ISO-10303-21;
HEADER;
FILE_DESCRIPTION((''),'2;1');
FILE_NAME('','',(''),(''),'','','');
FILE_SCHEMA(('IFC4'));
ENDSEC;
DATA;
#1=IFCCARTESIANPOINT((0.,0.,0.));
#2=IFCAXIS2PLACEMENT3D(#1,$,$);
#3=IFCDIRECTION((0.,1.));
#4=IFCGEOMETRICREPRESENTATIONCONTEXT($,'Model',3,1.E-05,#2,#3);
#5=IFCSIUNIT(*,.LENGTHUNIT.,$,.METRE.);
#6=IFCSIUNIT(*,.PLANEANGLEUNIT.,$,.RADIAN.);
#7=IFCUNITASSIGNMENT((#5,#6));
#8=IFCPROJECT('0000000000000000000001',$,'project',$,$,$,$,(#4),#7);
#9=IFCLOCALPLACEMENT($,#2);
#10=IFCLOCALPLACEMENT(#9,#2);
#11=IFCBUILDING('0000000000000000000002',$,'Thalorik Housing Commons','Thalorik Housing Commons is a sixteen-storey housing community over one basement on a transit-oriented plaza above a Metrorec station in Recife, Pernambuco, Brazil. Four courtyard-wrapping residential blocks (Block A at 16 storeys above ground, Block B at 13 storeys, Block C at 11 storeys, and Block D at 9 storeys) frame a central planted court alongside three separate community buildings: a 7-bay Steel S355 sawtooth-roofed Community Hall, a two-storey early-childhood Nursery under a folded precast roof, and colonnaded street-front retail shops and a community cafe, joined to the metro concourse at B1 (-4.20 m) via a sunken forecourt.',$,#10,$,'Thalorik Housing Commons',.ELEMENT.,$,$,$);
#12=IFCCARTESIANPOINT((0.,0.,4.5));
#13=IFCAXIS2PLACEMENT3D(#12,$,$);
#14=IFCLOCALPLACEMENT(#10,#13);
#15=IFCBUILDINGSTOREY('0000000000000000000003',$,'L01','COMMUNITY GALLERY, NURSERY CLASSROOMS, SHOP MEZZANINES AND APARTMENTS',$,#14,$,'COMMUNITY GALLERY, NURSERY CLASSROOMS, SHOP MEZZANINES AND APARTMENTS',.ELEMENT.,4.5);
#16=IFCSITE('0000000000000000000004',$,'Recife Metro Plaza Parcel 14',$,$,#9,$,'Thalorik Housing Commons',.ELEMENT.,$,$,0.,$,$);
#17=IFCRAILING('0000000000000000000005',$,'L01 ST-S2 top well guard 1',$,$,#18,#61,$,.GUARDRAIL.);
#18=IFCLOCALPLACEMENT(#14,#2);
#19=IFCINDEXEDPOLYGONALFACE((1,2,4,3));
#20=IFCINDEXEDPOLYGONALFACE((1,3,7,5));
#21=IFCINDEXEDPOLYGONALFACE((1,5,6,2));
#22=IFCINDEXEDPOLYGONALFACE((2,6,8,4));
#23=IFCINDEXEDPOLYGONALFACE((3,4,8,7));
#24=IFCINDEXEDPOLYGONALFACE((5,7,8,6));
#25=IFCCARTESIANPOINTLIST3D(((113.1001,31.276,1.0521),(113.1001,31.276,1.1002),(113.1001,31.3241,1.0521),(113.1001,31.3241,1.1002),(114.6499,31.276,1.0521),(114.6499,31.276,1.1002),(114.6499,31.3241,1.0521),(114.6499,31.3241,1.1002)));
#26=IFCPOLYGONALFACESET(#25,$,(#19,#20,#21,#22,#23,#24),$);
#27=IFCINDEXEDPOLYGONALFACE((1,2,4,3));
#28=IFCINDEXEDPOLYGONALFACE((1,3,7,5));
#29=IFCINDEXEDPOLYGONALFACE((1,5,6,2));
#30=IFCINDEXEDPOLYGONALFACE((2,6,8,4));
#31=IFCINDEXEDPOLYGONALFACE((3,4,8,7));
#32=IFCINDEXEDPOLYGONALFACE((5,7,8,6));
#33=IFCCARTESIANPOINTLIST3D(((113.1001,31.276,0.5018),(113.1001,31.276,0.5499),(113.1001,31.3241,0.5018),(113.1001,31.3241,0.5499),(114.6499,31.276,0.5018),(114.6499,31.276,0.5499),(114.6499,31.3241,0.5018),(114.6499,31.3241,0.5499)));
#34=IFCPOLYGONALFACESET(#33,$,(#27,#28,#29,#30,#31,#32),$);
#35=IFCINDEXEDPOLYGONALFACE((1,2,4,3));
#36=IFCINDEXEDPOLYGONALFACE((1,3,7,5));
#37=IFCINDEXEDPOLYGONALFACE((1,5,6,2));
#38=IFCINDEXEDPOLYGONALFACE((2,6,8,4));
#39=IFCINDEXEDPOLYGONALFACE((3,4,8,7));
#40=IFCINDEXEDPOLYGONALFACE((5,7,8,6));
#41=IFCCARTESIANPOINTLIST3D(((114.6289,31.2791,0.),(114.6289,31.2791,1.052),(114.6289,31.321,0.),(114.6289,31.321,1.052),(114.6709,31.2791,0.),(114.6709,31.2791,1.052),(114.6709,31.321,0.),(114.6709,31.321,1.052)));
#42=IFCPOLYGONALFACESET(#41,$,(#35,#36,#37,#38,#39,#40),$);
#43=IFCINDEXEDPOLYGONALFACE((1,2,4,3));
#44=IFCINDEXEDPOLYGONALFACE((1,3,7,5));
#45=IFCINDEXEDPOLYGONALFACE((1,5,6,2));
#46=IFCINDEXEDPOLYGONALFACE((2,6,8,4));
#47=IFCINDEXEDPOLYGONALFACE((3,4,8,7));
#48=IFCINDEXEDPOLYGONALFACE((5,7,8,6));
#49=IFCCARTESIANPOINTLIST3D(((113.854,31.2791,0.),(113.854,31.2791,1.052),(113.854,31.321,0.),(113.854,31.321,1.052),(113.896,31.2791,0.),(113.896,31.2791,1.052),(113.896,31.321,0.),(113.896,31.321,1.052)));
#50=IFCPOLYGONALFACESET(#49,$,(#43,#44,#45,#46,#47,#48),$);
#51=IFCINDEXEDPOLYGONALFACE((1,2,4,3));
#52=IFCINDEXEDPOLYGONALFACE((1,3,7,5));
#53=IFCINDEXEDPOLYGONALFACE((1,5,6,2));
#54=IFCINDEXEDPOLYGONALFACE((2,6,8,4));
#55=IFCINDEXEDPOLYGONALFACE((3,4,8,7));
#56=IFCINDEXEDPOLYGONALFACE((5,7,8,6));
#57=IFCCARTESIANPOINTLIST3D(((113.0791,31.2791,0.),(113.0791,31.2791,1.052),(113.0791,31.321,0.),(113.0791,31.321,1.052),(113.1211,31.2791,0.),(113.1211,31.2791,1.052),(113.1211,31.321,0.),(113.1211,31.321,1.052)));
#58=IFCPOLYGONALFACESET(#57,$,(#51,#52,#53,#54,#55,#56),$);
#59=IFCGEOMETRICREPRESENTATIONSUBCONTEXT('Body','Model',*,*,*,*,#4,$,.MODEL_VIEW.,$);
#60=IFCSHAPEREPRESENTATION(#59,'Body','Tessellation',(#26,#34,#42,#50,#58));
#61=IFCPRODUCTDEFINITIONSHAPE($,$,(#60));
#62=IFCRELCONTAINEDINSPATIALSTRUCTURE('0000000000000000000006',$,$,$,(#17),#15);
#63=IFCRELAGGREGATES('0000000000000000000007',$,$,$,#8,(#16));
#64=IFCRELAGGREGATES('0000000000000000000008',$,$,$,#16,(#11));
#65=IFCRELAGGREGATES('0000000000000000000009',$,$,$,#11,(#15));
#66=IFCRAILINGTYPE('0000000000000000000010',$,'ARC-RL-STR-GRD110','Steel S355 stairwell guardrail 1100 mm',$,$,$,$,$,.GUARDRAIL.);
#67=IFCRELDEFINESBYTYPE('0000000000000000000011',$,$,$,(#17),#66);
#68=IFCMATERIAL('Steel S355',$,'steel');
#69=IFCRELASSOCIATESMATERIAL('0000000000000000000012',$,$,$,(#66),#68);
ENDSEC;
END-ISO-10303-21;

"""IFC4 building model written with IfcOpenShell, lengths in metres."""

from ifc_helpers import new_model, si_unit, direction, frame, origin, origin_2d, place, context, subcontext, project, spatial, rectangle, extrude, material, type_object, element, save


model = new_model("IFC4")

# Units and contexts
model_context = context("Model", 3, precision=1e-05, world=origin(), true_north=direction((0.0, 1.0)))
body_context = subcontext(model_context, "Body", "Model", "MODEL_VIEW")
ifc_project = project(units=[si_unit("LENGTHUNIT", "METRE"), si_unit("PLANEANGLEUNIT", "RADIAN")], contexts=[model_context])

# Site, building, storey
site_placement = place(None, origin())
site = spatial("IfcSite", under=ifc_project, at=site_placement, Name="Recife Metro Plaza Parcel 14", LongName="Thalorik Housing Commons", CompositionType="ELEMENT", RefElevation=0.0)
building_placement = place(site_placement, origin())
building = spatial("IfcBuilding", under=site, at=building_placement, Name="Thalorik Housing Commons", Description="Thalorik Housing Commons is a sixteen-storey housing community over one basement on a transit-oriented plaza above a Metrorec station in Recife, Pernambuco, Brazil. Four courtyard-wrapping residential blocks (Block A at 16 storeys above ground, Block B at 13 storeys, Block C at 11 storeys, and Block D at 9 storeys) frame a central planted court alongside three separate community buildings: a 7-bay Steel S355 sawtooth-roofed Community Hall, a two-storey early-childhood Nursery under a folded precast roof, and colonnaded street-front retail shops and a community cafe, joined to the metro concourse at B1 (-4.20 m) via a sunken forecourt.", LongName="Thalorik Housing Commons", CompositionType="ELEMENT")
storey_placement = place(building_placement, frame((0.0, 0.0, 4.5)))
storey = spatial("IfcBuildingStorey", under=building, at=storey_placement, Name="L01", Description="COMMUNITY GALLERY, NURSERY CLASSROOMS, SHOP MEZZANINES AND APARTMENTS", LongName="COMMUNITY GALLERY, NURSERY CLASSROOMS, SHOP MEZZANINES AND APARTMENTS", CompositionType="ELEMENT", Elevation=4.5)

# Shared definitions
ifc_material_1 = material(Name="Steel S355", Category="steel")

# Railing
railing_type = type_object("IfcRailingType", Name="ARC-RL-STR-GRD110", Description="Steel S355 stairwell guardrail 1100 mm", PredefinedType="GUARDRAIL", material=ifc_material_1)
railing_placement = place(storey_placement, frame((114.6499, 31.3, 0.0)))
element("IfcRailing", 1, at=railing_placement, inside=storey, type_object=railing_type, Name="L01 ST-S2 top well guard 1", PredefinedType="GUARDRAIL", context=body_context, shape_type="SweptSolid", body=[
    extrude(rectangle(XDim=0.0481, YDim=0.0481, at=origin_2d()), frame((0.0, 0.0, 1.0762), z_axis=(-1.0, 0.0, 0.0), x_axis=(0.0, -1.0, 0.0)), (0.0, 0.0, 1.0), 1.5498),
    extrude(rectangle(XDim=0.0481, YDim=0.0481, at=origin_2d()), frame((0.0, 0.0, 0.5259), z_axis=(-1.0, 0.0, 0.0), x_axis=(0.0, -1.0, 0.0)), (0.0, 0.0, 1.0), 1.5498),
    extrude(rectangle(XDim=0.042, YDim=0.042, at=origin_2d()), origin(), (0.0, 0.0, 1.0), 1.052),
    extrude(rectangle(XDim=0.042, YDim=0.042, at=origin_2d()), frame((-0.7749, 0.0, 0.0)), (0.0, 0.0, 1.0), 1.052),
    extrude(rectangle(XDim=0.042, YDim=0.042, at=origin_2d()), frame((-1.5498, 0.0, 0.0)), (0.0, 0.0, 1.0), 1.052),
])

save(model, "model.ifc")
